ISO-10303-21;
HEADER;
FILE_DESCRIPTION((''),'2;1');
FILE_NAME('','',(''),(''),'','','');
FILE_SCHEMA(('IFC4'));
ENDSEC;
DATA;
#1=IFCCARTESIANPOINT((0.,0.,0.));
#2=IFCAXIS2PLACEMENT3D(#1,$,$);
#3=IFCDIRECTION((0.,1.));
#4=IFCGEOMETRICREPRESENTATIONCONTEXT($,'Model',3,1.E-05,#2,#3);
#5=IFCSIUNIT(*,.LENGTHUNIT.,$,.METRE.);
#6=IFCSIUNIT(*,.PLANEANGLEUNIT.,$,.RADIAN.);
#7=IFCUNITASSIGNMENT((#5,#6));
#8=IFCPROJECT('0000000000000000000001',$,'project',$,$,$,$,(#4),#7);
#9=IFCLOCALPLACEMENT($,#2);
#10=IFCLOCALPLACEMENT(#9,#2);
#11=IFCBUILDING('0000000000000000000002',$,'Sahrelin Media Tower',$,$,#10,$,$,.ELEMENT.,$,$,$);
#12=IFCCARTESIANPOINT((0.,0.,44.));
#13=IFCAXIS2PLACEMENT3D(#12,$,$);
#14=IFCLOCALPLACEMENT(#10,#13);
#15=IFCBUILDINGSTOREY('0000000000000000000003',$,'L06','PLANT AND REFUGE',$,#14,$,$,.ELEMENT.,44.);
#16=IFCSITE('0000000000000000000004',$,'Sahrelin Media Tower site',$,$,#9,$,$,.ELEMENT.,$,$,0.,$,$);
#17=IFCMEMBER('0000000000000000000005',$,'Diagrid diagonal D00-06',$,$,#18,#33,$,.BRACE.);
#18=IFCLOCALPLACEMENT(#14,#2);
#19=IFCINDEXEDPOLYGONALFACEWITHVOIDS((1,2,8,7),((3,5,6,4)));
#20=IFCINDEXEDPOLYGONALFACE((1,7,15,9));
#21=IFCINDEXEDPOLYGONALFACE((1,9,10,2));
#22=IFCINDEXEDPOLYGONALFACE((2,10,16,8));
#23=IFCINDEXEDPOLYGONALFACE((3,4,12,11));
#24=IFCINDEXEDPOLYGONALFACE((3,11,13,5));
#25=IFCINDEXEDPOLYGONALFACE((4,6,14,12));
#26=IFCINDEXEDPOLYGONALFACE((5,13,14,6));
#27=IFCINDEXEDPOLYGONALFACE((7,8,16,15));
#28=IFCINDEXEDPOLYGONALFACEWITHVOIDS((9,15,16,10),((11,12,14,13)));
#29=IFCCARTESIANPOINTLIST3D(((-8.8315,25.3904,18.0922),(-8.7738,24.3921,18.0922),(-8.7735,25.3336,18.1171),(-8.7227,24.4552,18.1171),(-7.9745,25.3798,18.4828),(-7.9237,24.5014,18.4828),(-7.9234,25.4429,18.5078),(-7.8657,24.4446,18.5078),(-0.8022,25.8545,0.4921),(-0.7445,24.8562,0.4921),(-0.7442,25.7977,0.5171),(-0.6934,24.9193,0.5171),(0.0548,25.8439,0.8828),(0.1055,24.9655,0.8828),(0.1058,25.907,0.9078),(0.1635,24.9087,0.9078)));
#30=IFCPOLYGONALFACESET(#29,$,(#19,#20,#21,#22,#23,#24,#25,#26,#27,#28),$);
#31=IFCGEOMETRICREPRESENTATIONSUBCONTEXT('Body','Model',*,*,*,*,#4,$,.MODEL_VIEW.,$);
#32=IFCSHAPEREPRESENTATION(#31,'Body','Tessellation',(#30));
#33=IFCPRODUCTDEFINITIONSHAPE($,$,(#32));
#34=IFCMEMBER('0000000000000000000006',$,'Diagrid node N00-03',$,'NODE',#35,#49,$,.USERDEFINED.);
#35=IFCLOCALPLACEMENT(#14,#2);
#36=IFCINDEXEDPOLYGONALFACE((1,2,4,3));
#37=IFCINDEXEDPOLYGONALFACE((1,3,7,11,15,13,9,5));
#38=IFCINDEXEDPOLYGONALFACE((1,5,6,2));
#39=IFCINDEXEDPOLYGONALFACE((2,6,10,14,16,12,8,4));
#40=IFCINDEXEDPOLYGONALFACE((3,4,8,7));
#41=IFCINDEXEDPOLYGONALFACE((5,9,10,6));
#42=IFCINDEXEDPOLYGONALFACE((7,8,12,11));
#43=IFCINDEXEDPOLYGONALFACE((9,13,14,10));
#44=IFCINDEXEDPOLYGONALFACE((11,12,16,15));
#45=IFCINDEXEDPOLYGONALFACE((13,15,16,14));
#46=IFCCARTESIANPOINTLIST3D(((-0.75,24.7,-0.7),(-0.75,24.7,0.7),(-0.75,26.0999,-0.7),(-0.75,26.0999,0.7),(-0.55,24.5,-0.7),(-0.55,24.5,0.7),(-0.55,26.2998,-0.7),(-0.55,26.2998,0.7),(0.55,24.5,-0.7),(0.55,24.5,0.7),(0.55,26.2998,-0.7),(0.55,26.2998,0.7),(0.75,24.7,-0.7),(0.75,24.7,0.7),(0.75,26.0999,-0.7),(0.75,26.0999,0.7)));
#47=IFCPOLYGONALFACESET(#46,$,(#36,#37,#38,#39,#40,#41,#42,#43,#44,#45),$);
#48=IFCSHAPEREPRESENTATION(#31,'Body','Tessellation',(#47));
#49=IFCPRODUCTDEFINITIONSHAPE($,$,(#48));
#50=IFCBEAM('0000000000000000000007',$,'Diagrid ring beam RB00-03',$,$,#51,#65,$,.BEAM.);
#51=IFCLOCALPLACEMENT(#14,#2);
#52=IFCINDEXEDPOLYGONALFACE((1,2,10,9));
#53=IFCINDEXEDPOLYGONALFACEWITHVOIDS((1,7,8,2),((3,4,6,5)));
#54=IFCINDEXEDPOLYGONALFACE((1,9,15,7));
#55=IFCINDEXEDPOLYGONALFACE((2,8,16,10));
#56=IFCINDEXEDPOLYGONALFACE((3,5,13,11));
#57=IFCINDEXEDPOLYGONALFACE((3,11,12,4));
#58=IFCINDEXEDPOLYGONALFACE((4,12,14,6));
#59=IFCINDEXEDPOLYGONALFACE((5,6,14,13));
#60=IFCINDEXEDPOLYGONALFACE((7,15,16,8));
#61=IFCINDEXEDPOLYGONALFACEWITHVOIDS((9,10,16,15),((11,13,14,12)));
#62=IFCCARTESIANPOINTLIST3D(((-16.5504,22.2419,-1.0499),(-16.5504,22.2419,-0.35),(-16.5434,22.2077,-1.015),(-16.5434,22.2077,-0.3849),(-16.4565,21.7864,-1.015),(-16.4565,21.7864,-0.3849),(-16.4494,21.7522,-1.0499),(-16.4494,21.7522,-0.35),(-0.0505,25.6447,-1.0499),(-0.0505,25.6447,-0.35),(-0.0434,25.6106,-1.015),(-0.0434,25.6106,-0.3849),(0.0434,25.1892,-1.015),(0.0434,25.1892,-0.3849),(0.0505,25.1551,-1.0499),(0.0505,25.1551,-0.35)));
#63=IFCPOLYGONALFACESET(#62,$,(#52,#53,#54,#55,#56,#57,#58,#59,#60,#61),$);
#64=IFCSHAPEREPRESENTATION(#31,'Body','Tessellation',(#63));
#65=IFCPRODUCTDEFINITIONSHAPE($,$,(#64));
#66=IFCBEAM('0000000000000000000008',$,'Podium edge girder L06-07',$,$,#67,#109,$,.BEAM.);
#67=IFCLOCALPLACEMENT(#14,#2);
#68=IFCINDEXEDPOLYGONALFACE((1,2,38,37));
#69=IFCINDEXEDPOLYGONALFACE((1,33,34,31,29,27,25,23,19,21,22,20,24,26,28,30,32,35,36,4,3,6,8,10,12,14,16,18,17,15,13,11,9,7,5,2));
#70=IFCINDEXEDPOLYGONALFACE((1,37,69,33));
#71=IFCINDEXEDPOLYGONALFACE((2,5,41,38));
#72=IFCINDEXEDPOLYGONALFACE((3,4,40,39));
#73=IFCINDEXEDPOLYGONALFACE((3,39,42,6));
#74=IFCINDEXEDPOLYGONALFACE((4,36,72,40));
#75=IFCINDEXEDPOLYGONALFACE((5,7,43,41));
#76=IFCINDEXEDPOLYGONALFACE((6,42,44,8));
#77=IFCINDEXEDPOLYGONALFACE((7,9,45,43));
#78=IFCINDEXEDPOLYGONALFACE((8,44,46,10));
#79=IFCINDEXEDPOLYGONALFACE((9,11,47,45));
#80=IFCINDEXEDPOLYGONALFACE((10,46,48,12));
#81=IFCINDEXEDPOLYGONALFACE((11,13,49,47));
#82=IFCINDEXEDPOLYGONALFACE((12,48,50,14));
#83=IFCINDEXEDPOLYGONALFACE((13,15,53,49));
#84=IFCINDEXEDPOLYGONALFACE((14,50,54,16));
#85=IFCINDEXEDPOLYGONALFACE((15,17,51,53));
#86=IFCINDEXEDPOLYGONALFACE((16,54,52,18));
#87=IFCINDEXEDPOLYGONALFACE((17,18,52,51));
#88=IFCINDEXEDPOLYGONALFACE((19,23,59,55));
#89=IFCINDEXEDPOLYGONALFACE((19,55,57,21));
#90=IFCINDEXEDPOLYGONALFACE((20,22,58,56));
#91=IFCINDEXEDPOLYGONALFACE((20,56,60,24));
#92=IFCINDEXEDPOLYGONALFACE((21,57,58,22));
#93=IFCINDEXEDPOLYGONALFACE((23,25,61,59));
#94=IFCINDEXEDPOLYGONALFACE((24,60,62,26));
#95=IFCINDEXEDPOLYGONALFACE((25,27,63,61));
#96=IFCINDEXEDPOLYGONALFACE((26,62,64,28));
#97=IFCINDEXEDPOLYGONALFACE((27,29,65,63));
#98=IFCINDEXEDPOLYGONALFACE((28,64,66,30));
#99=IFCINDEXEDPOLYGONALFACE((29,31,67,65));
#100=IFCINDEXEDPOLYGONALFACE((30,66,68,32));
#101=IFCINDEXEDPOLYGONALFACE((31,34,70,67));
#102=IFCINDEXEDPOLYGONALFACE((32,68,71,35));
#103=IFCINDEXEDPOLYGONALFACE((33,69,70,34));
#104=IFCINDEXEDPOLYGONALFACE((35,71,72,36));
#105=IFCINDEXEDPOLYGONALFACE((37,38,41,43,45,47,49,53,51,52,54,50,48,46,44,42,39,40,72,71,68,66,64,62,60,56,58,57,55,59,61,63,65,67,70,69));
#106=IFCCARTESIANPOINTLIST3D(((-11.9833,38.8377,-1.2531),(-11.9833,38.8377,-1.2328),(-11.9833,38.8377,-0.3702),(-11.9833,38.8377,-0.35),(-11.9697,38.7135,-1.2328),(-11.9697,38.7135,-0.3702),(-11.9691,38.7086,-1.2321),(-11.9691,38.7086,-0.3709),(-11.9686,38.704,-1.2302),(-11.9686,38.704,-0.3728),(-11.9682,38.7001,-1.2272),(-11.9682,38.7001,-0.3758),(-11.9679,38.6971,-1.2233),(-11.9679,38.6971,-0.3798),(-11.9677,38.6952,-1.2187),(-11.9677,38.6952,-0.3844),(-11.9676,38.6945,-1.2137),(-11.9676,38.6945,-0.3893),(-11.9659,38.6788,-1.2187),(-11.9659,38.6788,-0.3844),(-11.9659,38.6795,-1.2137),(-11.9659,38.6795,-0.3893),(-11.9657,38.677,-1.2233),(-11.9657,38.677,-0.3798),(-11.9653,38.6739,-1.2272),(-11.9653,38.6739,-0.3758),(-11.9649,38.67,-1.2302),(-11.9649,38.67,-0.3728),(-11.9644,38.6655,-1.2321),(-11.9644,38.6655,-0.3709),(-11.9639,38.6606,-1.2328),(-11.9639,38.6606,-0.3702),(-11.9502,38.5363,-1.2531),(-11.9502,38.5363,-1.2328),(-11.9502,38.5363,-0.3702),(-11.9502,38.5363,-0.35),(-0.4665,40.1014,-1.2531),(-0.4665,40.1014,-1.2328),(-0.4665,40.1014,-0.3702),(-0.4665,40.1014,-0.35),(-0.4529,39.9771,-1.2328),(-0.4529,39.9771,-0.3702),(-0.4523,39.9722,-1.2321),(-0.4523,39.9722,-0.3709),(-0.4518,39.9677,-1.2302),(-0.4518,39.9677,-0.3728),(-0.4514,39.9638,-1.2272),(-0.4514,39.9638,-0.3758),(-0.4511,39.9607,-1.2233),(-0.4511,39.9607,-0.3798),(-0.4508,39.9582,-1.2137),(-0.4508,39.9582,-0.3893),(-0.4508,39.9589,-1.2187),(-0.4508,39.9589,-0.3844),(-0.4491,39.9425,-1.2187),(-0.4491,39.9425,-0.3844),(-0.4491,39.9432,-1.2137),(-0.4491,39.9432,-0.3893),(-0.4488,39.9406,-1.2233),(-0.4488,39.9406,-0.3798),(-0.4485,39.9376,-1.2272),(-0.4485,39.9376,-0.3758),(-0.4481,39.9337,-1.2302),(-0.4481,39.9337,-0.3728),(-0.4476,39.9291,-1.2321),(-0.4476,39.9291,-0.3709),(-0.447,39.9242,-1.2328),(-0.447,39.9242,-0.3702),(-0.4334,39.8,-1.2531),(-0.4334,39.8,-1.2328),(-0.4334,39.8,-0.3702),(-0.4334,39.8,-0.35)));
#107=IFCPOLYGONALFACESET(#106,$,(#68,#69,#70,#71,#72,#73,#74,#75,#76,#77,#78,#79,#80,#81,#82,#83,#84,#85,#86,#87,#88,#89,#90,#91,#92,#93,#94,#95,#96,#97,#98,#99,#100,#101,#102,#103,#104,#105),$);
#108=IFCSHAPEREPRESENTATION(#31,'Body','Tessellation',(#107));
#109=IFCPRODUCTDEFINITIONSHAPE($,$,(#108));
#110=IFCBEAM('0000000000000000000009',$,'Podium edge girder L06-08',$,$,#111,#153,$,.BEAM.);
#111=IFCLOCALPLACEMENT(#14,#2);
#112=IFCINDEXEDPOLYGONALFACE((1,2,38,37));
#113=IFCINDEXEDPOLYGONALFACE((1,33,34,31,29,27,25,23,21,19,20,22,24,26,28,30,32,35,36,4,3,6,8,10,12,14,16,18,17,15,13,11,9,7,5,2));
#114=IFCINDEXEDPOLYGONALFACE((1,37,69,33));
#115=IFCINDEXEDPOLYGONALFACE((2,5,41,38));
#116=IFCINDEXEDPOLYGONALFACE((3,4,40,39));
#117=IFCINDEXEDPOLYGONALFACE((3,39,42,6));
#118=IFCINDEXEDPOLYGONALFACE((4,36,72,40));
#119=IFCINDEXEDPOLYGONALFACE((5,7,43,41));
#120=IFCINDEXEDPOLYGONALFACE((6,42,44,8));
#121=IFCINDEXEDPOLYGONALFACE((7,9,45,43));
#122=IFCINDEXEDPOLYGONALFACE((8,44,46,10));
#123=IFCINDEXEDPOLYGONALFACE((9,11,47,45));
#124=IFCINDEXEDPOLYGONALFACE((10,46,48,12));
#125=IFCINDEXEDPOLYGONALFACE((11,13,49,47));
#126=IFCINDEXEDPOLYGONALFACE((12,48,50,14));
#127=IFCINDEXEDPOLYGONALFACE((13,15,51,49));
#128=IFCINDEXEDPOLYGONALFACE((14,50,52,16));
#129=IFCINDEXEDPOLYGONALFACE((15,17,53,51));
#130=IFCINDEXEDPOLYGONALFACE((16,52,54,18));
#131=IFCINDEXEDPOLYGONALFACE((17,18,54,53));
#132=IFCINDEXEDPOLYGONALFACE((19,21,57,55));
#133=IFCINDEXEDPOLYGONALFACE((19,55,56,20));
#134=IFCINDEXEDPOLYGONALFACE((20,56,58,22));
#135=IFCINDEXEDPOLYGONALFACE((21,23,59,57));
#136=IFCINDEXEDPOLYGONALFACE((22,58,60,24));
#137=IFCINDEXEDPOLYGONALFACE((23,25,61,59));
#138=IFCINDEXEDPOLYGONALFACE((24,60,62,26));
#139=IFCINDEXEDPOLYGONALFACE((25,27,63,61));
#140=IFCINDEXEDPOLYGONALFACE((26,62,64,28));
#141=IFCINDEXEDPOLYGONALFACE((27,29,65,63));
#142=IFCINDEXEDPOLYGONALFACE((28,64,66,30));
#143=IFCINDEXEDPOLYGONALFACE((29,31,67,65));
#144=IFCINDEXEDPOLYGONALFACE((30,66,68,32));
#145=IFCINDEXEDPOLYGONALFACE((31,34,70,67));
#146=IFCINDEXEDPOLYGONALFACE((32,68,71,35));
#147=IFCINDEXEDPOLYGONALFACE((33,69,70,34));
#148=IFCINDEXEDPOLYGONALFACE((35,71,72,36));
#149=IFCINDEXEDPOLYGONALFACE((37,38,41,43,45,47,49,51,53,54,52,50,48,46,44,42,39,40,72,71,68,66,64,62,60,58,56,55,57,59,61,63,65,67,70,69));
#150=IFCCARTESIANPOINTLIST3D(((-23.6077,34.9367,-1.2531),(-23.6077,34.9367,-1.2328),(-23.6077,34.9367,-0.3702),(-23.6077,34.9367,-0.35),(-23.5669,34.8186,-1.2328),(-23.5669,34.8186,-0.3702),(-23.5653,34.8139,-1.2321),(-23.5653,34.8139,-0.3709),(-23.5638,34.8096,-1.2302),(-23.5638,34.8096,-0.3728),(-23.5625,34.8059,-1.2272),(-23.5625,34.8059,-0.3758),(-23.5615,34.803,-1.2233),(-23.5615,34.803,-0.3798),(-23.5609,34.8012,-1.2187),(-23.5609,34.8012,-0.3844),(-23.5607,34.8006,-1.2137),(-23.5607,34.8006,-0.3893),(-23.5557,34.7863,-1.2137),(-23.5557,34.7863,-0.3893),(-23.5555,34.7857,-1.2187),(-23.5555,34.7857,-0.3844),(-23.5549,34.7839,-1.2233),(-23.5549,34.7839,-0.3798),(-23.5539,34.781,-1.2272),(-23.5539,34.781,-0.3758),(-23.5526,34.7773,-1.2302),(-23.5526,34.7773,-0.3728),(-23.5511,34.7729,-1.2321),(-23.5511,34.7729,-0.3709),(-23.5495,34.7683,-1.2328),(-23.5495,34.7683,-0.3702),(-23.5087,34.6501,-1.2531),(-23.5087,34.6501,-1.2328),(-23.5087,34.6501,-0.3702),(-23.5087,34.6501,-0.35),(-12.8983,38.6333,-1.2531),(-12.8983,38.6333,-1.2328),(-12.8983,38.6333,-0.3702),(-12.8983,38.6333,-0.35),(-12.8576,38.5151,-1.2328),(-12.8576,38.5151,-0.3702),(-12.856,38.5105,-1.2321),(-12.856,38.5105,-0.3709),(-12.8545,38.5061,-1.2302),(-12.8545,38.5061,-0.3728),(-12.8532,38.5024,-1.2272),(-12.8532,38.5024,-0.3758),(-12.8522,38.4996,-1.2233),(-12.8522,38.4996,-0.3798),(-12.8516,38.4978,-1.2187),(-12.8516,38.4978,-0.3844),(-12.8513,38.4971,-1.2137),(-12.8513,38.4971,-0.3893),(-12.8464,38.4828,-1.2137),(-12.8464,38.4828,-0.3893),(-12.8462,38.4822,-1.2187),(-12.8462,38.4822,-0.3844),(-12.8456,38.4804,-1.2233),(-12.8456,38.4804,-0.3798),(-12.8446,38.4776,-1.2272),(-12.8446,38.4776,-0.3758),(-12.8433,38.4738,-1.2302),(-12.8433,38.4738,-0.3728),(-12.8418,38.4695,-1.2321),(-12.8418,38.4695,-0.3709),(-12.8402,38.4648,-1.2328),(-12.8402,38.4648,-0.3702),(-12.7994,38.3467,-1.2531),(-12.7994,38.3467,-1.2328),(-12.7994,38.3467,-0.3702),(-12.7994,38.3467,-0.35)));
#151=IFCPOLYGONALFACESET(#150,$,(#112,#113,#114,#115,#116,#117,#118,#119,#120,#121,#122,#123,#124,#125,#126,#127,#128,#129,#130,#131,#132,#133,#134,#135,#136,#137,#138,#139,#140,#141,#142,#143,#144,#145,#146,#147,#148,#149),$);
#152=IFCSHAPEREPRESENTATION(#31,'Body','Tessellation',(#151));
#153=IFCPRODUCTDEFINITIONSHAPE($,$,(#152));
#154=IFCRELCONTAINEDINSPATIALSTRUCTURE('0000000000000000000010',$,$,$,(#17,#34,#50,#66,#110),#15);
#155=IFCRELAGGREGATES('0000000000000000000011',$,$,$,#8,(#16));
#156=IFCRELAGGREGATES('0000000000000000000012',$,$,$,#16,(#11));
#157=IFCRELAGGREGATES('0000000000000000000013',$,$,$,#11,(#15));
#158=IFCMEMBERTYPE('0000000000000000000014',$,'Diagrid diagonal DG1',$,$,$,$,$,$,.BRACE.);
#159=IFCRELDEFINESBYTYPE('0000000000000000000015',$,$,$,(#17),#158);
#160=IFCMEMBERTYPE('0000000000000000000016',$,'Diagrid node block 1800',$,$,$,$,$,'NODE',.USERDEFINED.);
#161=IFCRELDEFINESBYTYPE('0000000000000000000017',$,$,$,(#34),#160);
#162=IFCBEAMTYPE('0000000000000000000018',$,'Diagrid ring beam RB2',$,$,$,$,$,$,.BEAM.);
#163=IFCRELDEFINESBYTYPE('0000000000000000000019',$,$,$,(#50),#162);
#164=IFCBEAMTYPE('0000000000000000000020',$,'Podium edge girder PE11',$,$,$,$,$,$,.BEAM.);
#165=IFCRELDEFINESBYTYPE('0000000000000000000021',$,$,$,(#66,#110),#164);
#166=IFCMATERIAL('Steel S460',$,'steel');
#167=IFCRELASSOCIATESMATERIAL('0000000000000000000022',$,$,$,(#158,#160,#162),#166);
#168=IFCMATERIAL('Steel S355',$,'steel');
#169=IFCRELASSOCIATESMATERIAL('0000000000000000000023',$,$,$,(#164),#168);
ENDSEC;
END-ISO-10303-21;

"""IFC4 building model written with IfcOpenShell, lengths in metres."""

from ifc_helpers import new_model, si_unit, direction, frame, origin, origin_2d, place, context, subcontext, project, spatial, polyline, hollow_rectangle, i_section, outline, extrude, material, material_profile, profile_set, type_object, element, save


model = new_model("IFC4")

# Units and contexts
model_context = context("Model", 3, precision=1e-05, world=origin(), true_north=direction((0.0, 1.0)))
body_context = subcontext(model_context, "Body", "Model", "MODEL_VIEW")
ifc_project = project(units=[si_unit("LENGTHUNIT", "METRE"), si_unit("PLANEANGLEUNIT", "RADIAN")], contexts=[model_context])

# Site, building, storey
site_placement = place(None, origin())
site = spatial("IfcSite", under=ifc_project, at=site_placement, Name="Sahrelin Media Tower site", CompositionType="ELEMENT", RefElevation=0.0)
building_placement = place(site_placement, origin())
building = spatial("IfcBuilding", under=site, at=building_placement, Name="Sahrelin Media Tower", CompositionType="ELEMENT")
storey_placement = place(building_placement, frame((0.0, 0.0, 44.0)))
storey = spatial("IfcBuildingStorey", under=building, at=storey_placement, Name="L06", Description="PLANT AND REFUGE", CompositionType="ELEMENT", Elevation=44.0)

# Members
ifc_material_1 = material(Name="Steel S460", Category="steel")
ifc_material_profile_1 = material_profile(ifc_material_1, hollow_rectangle(XDim=1.0, YDim=1.0, WallThickness=0.0601, at=origin_2d()), Name="Diagrid diagonal DG1")
ifc_profile_set_1 = profile_set([ifc_material_profile_1], Name="Steel S460")
member_type_1 = type_object("IfcMemberType", Name="Diagrid diagonal DG1", PredefinedType="BRACE", material=ifc_profile_set_1)
member_1_placement = place(storey_placement, frame((-0.3193, 25.3816, 0.7), z_axis=(-0.414936, -0.023984, 0.909534), x_axis=(0.057706, -0.998334, 0.0)))
element("IfcMember", 1, at=member_1_placement, inside=storey, type_object=member_type_1, Name="Diagrid diagonal D00-06", PredefinedType="BRACE", context=body_context, shape_type="SweptSolid", body=[
    extrude(hollow_rectangle(XDim=1.0, YDim=1.0, WallThickness=0.0601, at=origin_2d()), origin(), (0.0, 0.0, 1.0), 19.3506),
])
ifc_material_profile_2 = material_profile(ifc_material_1, outline(polyline([(0.7, -0.75), (0.8999, -0.55), (0.8999, 0.55), (0.7, 0.75), (-0.7, 0.75), (-0.8999, 0.55), (-0.8999, -0.55), (-0.7, -0.75), (0.7, -0.75)])), Name="Diagrid node block 1800")
ifc_profile_set_2 = profile_set([ifc_material_profile_2], Name="Steel S460")
member_type_2 = type_object("IfcMemberType", Name="Diagrid node block 1800", ElementType="NODE", PredefinedType="USERDEFINED", material=ifc_profile_set_2)
member_2_placement = place(storey_placement, frame((0.0, 25.3999, -0.7), z_axis=(0.0, 0.0, 1.0), x_axis=(0.0, 1.0, 0.0)))
element("IfcMember", 2, at=member_2_placement, inside=storey, type_object=member_type_2, Name="Diagrid node N00-03", ObjectType="NODE", PredefinedType="USERDEFINED", context=body_context, shape_type="SweptSolid", body=[
    extrude(outline(polyline([(0.7, -0.75), (0.8999, -0.55), (0.8999, 0.55), (0.7, 0.75), (-0.7, 0.75), (-0.8999, 0.55), (-0.8999, -0.55), (-0.7, -0.75), (0.7, -0.75)])), origin(), (0.0, 0.0, 1.0), 1.3999),
])

# Beams
ifc_material_profile_3 = material_profile(ifc_material_1, hollow_rectangle(XDim=0.5, YDim=0.7, WallThickness=0.0349, at=origin_2d()), Name="Diagrid ring beam RB2")
ifc_profile_set_3 = profile_set([ifc_material_profile_3], Name="Steel S460")
beam_type_1 = type_object("IfcBeamType", Name="Diagrid ring beam RB2", PredefinedType="BEAM", material=ifc_profile_set_3)
beam_1_placement = place(storey_placement, frame((0.0, 25.3999, -0.7), z_axis=(-0.979389, -0.201982, 0.0), x_axis=(0.201982, -0.979389, 0.0)))
element("IfcBeam", 3, at=beam_1_placement, inside=storey, type_object=beam_type_1, Name="Diagrid ring beam RB00-03", PredefinedType="BEAM", context=body_context, shape_type="SweptSolid", body=[
    extrude(hollow_rectangle(XDim=0.5, YDim=0.7, WallThickness=0.0349, at=origin_2d()), origin(), (0.0, 0.0, 1.0), 16.8472),
])
ifc_material_2 = material(Name="Steel S355", Category="steel")
ifc_material_profile_4 = material_profile(ifc_material_2, i_section(OverallWidth=0.3032, OverallDepth=0.9031, WebThickness=0.0151, FlangeThickness=0.0203, FilletRadius=0.019, at=origin_2d()), Name="UB 914x305x201")
ifc_profile_set_4 = profile_set([ifc_material_profile_4], Name="Steel S355")
beam_type_2 = type_object("IfcBeamType", Name="Podium edge girder PE11", PredefinedType="BEAM", material=ifc_profile_set_4)
beam_2_placement = place(storey_placement, frame((-0.45, 39.9507, -0.8015), z_axis=(-0.994034, -0.109069, 0.0), x_axis=(0.109069, -0.994034, 0.0)))
element("IfcBeam", 4, at=beam_2_placement, inside=storey, type_object=beam_type_2, Name="Podium edge girder L06-07", PredefinedType="BEAM", context=body_context, shape_type="SweptSolid", body=[
    extrude(i_section(OverallWidth=0.3032, OverallDepth=0.9031, WebThickness=0.0151, FlangeThickness=0.0203, FilletRadius=0.019, at=origin_2d()), origin(), (0.0, 0.0, 1.0), 11.5859),
])
beam_3_placement = place(storey_placement, frame((-12.8489, 38.49, -0.8015), z_axis=(-0.945272, -0.326282, 0.0), x_axis=(0.326282, -0.945272, 0.0)))
element("IfcBeam", 5, at=beam_3_placement, inside=storey, type_object=beam_type_2, Name="Podium edge girder L06-08", PredefinedType="BEAM", context=body_context, shape_type="SweptSolid", body=[
    extrude(i_section(OverallWidth=0.3032, OverallDepth=0.9031, WebThickness=0.0151, FlangeThickness=0.0203, FilletRadius=0.019, at=origin_2d()), origin(), (0.0, 0.0, 1.0), 11.3293),
])

save(model, "model.ifc")
